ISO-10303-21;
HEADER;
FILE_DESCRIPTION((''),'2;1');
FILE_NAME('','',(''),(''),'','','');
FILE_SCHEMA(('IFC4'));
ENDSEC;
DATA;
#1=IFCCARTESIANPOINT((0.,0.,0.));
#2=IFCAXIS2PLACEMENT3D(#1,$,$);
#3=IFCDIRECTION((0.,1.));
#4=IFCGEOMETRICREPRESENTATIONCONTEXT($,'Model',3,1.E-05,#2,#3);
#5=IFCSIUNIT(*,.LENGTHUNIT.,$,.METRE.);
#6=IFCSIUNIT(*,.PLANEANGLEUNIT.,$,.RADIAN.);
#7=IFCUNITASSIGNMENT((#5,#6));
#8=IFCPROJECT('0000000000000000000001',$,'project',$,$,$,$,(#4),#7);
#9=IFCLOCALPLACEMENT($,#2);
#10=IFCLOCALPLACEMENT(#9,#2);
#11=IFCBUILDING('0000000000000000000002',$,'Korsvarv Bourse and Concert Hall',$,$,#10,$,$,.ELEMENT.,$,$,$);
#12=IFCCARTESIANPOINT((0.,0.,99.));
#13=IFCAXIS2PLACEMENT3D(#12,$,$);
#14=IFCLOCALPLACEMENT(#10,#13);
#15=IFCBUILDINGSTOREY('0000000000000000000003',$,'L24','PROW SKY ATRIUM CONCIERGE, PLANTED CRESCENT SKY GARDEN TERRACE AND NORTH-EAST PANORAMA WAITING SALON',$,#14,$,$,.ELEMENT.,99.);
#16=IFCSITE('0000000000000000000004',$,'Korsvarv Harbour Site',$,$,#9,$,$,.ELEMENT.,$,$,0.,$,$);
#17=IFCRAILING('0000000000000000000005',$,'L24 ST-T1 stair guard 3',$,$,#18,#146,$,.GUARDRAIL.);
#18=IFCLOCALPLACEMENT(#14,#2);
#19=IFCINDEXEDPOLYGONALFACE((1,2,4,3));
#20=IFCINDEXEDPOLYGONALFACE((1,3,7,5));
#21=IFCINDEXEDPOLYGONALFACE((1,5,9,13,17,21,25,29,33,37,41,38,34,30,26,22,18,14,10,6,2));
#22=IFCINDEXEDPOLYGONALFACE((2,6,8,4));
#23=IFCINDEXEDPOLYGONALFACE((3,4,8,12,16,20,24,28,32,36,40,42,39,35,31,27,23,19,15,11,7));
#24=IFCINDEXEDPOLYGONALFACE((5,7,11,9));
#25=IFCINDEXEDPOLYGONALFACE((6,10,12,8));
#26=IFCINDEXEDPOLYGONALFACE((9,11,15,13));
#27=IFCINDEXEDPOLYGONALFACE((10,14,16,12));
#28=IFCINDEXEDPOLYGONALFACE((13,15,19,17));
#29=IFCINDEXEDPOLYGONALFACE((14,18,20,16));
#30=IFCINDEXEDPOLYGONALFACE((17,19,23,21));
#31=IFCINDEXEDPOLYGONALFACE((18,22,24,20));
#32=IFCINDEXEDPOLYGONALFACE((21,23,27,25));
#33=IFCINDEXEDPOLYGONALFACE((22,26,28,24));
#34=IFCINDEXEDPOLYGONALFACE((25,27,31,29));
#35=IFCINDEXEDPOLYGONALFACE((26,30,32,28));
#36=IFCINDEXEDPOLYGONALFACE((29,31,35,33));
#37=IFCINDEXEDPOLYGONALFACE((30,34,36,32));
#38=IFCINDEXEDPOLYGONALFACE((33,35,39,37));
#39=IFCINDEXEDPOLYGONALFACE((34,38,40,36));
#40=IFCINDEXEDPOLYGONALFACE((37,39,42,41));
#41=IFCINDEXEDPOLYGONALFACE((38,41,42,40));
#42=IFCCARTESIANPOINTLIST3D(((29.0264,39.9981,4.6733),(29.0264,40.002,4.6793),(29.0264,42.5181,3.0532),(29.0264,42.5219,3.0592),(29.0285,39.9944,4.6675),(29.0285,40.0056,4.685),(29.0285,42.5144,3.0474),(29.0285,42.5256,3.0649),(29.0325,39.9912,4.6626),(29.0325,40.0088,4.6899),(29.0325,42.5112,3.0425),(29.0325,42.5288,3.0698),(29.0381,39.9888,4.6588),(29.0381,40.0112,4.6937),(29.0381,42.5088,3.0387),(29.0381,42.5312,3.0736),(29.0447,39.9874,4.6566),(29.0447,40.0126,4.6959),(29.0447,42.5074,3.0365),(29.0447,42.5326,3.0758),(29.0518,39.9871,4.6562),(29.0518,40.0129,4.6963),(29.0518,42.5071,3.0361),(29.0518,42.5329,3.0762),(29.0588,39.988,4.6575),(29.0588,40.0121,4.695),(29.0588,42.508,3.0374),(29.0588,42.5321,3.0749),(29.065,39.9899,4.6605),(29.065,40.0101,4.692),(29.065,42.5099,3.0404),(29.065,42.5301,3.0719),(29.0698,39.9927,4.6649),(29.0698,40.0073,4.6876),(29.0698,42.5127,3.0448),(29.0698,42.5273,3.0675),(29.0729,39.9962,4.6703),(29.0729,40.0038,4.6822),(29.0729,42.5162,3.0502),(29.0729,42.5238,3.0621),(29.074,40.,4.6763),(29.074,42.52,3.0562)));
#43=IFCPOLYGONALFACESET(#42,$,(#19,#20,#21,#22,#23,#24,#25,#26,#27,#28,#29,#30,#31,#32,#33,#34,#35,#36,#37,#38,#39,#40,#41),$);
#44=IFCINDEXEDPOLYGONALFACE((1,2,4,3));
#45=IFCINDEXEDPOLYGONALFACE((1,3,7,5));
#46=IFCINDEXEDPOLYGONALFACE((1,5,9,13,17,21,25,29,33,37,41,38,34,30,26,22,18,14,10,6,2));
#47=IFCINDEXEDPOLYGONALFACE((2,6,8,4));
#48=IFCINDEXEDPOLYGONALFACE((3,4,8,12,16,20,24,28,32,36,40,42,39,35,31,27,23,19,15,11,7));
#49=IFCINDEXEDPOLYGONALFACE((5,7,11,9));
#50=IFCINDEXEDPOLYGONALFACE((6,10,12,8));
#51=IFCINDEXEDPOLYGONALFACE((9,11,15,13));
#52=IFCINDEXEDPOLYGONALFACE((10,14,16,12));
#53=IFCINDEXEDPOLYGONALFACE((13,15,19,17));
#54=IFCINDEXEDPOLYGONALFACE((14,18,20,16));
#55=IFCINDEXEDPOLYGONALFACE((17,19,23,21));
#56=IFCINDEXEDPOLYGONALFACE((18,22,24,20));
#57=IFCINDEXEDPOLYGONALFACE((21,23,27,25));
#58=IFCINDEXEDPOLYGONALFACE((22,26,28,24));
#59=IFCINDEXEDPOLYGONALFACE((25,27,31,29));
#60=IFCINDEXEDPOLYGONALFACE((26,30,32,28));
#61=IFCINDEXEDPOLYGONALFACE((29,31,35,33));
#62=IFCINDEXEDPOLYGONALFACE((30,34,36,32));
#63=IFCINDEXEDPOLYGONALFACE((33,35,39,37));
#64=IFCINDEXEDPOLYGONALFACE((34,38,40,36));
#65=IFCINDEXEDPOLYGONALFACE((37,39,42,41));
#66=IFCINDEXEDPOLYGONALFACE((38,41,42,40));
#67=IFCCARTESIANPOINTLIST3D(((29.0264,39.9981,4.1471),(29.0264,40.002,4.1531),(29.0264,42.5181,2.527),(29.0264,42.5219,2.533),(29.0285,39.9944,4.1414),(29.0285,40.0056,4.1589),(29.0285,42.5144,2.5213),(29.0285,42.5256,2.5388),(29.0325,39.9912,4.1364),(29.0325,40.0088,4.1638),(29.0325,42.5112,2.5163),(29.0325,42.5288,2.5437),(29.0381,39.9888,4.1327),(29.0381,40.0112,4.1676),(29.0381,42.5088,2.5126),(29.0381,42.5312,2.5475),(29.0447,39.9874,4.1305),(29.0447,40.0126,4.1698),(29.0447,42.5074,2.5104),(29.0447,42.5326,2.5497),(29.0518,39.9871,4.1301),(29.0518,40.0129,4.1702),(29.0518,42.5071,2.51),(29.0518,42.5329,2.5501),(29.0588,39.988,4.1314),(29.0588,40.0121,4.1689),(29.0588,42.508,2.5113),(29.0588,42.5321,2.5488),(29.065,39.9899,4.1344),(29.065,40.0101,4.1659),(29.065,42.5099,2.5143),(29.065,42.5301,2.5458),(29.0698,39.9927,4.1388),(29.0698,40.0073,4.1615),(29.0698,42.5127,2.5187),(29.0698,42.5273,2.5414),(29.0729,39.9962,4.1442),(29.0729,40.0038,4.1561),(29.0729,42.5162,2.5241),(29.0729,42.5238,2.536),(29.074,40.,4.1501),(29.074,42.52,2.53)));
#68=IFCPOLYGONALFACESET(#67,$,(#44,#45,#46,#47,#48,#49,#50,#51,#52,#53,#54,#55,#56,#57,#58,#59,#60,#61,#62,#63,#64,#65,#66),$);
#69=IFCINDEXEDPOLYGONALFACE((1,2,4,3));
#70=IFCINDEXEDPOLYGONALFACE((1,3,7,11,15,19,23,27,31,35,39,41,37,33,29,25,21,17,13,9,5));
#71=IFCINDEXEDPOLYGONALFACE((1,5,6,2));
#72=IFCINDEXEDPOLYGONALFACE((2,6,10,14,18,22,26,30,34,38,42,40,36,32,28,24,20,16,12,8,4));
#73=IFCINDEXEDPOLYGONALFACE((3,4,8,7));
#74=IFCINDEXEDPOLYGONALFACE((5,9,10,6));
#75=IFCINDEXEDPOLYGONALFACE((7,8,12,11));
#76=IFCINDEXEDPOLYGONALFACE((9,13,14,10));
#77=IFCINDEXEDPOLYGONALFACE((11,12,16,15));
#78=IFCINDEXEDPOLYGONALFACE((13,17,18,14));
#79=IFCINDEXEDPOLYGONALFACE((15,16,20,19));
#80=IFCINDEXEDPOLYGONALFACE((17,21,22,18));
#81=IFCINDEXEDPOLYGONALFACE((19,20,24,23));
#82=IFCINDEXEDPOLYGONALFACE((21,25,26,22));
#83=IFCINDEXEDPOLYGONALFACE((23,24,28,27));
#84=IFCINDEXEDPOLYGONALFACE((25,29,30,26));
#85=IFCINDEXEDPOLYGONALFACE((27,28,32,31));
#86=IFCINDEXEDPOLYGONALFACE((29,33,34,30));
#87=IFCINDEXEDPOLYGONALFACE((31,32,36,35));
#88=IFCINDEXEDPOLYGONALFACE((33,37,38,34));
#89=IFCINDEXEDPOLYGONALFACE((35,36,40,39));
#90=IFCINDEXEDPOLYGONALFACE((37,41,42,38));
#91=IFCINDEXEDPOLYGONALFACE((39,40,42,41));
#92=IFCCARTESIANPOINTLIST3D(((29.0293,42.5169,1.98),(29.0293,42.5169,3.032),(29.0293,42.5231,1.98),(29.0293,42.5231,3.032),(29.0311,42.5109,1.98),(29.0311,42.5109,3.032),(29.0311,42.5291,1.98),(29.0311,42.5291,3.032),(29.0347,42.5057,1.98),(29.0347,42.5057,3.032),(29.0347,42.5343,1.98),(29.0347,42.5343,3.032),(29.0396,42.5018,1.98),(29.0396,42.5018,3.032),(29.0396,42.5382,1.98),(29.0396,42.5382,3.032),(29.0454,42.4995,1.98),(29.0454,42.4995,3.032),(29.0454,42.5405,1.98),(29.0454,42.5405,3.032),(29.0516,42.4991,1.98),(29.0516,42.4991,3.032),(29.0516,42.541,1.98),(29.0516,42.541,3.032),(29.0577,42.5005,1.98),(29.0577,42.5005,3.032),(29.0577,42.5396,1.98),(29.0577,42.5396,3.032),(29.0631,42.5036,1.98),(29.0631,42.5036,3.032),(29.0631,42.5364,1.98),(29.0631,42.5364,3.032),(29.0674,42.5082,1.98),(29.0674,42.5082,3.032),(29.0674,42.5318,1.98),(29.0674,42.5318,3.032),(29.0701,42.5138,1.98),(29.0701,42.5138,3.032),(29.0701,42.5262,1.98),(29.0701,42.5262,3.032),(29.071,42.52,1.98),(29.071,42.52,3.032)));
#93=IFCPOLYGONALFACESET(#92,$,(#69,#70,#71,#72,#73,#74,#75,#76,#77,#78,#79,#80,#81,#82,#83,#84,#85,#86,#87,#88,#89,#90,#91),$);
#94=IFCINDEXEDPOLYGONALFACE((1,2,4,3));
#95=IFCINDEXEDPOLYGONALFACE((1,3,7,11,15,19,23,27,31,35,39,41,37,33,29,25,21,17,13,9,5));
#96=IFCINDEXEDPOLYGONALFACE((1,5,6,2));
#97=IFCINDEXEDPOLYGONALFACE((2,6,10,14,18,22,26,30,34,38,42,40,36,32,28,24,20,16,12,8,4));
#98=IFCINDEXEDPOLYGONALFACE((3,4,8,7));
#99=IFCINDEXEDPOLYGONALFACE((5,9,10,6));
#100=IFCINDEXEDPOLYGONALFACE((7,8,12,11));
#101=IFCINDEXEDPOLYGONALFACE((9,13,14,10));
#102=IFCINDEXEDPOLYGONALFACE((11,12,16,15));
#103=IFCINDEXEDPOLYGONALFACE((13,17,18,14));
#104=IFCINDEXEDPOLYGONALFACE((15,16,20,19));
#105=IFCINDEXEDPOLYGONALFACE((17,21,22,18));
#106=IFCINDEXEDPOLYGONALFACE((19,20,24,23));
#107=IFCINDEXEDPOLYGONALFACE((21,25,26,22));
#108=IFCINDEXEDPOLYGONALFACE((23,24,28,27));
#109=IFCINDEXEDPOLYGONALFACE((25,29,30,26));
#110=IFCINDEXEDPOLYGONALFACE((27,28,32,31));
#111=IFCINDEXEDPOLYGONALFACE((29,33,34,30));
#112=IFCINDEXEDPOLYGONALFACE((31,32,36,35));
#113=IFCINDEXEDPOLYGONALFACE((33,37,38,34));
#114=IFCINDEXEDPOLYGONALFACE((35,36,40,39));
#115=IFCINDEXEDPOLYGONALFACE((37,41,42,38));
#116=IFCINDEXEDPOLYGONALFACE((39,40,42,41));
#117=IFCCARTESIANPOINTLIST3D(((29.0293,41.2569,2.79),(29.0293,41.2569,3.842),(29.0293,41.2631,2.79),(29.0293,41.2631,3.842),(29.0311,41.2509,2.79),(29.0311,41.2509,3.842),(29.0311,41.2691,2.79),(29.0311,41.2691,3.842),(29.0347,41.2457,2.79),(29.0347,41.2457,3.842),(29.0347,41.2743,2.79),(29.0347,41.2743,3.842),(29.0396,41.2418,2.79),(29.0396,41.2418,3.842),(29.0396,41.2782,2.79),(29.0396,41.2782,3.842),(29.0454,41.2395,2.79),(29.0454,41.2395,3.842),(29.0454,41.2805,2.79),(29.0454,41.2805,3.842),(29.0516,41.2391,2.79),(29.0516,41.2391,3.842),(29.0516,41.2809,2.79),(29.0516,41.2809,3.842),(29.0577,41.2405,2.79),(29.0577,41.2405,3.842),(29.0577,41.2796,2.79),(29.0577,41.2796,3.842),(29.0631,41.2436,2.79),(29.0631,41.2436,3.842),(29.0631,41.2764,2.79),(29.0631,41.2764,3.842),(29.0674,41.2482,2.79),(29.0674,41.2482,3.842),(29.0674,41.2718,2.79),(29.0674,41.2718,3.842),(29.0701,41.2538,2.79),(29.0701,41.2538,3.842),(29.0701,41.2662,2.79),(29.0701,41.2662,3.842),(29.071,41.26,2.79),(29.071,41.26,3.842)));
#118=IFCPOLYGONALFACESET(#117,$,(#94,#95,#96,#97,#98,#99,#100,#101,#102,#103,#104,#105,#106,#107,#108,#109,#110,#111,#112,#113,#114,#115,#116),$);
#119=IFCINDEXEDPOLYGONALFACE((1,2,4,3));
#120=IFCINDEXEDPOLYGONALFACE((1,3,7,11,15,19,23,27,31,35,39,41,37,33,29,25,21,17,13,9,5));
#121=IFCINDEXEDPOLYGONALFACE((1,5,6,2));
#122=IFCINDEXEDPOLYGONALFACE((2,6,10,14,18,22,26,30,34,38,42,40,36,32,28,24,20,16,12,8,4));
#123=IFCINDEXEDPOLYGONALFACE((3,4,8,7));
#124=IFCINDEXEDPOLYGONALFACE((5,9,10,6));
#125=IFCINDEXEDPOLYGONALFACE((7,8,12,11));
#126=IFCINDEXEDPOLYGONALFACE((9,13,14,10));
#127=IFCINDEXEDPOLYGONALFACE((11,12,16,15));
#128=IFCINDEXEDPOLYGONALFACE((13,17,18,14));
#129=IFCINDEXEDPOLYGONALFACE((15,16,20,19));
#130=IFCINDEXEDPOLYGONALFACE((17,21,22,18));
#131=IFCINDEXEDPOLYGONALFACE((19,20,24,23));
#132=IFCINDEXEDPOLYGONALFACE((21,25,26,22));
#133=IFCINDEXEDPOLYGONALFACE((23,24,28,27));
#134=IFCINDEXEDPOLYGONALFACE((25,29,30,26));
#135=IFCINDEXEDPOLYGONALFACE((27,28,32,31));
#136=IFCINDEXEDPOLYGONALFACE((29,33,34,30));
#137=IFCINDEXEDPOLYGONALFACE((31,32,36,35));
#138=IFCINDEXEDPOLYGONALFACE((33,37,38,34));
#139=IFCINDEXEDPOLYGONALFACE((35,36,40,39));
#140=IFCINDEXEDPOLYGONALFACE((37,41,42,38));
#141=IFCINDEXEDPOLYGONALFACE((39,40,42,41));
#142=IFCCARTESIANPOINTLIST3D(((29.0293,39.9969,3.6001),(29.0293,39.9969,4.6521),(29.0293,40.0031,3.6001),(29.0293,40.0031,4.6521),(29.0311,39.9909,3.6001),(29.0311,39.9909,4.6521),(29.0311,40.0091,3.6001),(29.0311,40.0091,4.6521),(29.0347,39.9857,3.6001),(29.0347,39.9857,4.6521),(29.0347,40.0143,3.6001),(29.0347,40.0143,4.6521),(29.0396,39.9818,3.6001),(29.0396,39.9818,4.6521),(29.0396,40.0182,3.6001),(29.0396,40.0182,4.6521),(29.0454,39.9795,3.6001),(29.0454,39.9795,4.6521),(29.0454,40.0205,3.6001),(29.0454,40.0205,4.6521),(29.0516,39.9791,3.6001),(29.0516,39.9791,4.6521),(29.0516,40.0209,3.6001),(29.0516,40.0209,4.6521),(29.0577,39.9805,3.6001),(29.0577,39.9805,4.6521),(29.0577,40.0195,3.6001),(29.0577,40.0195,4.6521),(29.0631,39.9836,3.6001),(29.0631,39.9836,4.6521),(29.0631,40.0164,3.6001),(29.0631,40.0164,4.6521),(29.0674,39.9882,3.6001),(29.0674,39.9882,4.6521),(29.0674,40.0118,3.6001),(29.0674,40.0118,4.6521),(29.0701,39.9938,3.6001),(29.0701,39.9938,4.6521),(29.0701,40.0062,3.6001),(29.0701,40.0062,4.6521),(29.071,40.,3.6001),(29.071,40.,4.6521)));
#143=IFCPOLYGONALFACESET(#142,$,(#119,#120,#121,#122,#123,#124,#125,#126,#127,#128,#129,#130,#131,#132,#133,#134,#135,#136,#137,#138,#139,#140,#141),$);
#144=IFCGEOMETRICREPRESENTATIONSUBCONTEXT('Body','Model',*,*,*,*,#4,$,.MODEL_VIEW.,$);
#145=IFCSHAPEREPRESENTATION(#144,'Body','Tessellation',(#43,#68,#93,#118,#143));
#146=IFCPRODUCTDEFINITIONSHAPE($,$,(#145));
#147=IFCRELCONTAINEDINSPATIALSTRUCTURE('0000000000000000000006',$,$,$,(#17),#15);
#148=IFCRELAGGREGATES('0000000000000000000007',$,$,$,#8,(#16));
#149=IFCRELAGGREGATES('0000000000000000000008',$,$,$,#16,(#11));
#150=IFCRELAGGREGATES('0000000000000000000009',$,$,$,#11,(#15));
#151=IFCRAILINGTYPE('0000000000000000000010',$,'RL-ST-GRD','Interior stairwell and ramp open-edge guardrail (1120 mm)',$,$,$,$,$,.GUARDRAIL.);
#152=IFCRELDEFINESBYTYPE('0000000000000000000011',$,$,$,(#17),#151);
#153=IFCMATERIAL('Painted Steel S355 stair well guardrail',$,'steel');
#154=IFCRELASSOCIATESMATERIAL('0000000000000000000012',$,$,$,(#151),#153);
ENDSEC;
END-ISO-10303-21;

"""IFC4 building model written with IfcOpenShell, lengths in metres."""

from ifc_helpers import new_model, si_unit, direction, frame, origin, origin_2d, place, context, subcontext, project, spatial, circle, extrude, material, type_object, element, save


model = new_model("IFC4")

# Units and contexts
model_context = context("Model", 3, precision=1e-05, world=origin(), true_north=direction((0.0, 1.0)))
body_context = subcontext(model_context, "Body", "Model", "MODEL_VIEW")
ifc_project = project(units=[si_unit("LENGTHUNIT", "METRE"), si_unit("PLANEANGLEUNIT", "RADIAN")], contexts=[model_context])

# Site, building, storey
site_placement = place(None, origin())
site = spatial("IfcSite", under=ifc_project, at=site_placement, Name="Korsvarv Harbour Site", CompositionType="ELEMENT", RefElevation=0.0)
building_placement = place(site_placement, origin())
building = spatial("IfcBuilding", under=site, at=building_placement, Name="Korsvarv Bourse and Concert Hall", CompositionType="ELEMENT")
storey_placement = place(building_placement, frame((0.0, 0.0, 99.0)))
storey = spatial("IfcBuildingStorey", under=building, at=storey_placement, Name="L24", Description="PROW SKY ATRIUM CONCIERGE, PLANTED CRESCENT SKY GARDEN TERRACE AND NORTH-EAST PANORAMA WAITING SALON", CompositionType="ELEMENT", Elevation=99.0)

# Railing
ifc_material_1 = material(Name="Painted Steel S355 stair well guardrail", Category="steel")
railing_type_1 = type_object("IfcRailingType", Name="RL-ST-GRD", Description="Interior stairwell and ramp open-edge guardrail (1120 mm)", PredefinedType="GUARDRAIL", material=ifc_material_1)
railing_1_placement = place(storey_placement, frame((29.05, 42.52, 1.98)))
element("IfcRailing", 1, at=railing_1_placement, inside=storey, type_object=railing_type_1, Name="L24 ST-T1 stair guard 3", PredefinedType="GUARDRAIL", context=body_context, shape_type="SweptSolid", body=[
    extrude(circle(Radius=0.0239, at=origin_2d()), frame((0.0, 0.0, 1.0762), z_axis=(0.0, -0.841163, 0.540782), x_axis=(1.0, 0.0, 0.0)), (0.0, 0.0, 1.0), 2.9958),
    extrude(circle(Radius=0.0239, at=origin_2d()), frame((0.0, 0.0, 0.55), z_axis=(0.0, -0.841163, 0.540782), x_axis=(1.0, 0.0, 0.0)), (0.0, 0.0, 1.0), 2.9958),
    extrude(circle(Radius=0.021, at=origin_2d()), origin(), (0.0, 0.0, 1.0), 1.052),
    extrude(circle(Radius=0.021, at=origin_2d()), frame((0.0, -1.26, 0.8101)), (0.0, 0.0, 1.0), 1.052),
    extrude(circle(Radius=0.021, at=origin_2d()), frame((0.0, -2.52, 1.6201)), (0.0, 0.0, 1.0), 1.052),
])

save(model, "model.ifc")
